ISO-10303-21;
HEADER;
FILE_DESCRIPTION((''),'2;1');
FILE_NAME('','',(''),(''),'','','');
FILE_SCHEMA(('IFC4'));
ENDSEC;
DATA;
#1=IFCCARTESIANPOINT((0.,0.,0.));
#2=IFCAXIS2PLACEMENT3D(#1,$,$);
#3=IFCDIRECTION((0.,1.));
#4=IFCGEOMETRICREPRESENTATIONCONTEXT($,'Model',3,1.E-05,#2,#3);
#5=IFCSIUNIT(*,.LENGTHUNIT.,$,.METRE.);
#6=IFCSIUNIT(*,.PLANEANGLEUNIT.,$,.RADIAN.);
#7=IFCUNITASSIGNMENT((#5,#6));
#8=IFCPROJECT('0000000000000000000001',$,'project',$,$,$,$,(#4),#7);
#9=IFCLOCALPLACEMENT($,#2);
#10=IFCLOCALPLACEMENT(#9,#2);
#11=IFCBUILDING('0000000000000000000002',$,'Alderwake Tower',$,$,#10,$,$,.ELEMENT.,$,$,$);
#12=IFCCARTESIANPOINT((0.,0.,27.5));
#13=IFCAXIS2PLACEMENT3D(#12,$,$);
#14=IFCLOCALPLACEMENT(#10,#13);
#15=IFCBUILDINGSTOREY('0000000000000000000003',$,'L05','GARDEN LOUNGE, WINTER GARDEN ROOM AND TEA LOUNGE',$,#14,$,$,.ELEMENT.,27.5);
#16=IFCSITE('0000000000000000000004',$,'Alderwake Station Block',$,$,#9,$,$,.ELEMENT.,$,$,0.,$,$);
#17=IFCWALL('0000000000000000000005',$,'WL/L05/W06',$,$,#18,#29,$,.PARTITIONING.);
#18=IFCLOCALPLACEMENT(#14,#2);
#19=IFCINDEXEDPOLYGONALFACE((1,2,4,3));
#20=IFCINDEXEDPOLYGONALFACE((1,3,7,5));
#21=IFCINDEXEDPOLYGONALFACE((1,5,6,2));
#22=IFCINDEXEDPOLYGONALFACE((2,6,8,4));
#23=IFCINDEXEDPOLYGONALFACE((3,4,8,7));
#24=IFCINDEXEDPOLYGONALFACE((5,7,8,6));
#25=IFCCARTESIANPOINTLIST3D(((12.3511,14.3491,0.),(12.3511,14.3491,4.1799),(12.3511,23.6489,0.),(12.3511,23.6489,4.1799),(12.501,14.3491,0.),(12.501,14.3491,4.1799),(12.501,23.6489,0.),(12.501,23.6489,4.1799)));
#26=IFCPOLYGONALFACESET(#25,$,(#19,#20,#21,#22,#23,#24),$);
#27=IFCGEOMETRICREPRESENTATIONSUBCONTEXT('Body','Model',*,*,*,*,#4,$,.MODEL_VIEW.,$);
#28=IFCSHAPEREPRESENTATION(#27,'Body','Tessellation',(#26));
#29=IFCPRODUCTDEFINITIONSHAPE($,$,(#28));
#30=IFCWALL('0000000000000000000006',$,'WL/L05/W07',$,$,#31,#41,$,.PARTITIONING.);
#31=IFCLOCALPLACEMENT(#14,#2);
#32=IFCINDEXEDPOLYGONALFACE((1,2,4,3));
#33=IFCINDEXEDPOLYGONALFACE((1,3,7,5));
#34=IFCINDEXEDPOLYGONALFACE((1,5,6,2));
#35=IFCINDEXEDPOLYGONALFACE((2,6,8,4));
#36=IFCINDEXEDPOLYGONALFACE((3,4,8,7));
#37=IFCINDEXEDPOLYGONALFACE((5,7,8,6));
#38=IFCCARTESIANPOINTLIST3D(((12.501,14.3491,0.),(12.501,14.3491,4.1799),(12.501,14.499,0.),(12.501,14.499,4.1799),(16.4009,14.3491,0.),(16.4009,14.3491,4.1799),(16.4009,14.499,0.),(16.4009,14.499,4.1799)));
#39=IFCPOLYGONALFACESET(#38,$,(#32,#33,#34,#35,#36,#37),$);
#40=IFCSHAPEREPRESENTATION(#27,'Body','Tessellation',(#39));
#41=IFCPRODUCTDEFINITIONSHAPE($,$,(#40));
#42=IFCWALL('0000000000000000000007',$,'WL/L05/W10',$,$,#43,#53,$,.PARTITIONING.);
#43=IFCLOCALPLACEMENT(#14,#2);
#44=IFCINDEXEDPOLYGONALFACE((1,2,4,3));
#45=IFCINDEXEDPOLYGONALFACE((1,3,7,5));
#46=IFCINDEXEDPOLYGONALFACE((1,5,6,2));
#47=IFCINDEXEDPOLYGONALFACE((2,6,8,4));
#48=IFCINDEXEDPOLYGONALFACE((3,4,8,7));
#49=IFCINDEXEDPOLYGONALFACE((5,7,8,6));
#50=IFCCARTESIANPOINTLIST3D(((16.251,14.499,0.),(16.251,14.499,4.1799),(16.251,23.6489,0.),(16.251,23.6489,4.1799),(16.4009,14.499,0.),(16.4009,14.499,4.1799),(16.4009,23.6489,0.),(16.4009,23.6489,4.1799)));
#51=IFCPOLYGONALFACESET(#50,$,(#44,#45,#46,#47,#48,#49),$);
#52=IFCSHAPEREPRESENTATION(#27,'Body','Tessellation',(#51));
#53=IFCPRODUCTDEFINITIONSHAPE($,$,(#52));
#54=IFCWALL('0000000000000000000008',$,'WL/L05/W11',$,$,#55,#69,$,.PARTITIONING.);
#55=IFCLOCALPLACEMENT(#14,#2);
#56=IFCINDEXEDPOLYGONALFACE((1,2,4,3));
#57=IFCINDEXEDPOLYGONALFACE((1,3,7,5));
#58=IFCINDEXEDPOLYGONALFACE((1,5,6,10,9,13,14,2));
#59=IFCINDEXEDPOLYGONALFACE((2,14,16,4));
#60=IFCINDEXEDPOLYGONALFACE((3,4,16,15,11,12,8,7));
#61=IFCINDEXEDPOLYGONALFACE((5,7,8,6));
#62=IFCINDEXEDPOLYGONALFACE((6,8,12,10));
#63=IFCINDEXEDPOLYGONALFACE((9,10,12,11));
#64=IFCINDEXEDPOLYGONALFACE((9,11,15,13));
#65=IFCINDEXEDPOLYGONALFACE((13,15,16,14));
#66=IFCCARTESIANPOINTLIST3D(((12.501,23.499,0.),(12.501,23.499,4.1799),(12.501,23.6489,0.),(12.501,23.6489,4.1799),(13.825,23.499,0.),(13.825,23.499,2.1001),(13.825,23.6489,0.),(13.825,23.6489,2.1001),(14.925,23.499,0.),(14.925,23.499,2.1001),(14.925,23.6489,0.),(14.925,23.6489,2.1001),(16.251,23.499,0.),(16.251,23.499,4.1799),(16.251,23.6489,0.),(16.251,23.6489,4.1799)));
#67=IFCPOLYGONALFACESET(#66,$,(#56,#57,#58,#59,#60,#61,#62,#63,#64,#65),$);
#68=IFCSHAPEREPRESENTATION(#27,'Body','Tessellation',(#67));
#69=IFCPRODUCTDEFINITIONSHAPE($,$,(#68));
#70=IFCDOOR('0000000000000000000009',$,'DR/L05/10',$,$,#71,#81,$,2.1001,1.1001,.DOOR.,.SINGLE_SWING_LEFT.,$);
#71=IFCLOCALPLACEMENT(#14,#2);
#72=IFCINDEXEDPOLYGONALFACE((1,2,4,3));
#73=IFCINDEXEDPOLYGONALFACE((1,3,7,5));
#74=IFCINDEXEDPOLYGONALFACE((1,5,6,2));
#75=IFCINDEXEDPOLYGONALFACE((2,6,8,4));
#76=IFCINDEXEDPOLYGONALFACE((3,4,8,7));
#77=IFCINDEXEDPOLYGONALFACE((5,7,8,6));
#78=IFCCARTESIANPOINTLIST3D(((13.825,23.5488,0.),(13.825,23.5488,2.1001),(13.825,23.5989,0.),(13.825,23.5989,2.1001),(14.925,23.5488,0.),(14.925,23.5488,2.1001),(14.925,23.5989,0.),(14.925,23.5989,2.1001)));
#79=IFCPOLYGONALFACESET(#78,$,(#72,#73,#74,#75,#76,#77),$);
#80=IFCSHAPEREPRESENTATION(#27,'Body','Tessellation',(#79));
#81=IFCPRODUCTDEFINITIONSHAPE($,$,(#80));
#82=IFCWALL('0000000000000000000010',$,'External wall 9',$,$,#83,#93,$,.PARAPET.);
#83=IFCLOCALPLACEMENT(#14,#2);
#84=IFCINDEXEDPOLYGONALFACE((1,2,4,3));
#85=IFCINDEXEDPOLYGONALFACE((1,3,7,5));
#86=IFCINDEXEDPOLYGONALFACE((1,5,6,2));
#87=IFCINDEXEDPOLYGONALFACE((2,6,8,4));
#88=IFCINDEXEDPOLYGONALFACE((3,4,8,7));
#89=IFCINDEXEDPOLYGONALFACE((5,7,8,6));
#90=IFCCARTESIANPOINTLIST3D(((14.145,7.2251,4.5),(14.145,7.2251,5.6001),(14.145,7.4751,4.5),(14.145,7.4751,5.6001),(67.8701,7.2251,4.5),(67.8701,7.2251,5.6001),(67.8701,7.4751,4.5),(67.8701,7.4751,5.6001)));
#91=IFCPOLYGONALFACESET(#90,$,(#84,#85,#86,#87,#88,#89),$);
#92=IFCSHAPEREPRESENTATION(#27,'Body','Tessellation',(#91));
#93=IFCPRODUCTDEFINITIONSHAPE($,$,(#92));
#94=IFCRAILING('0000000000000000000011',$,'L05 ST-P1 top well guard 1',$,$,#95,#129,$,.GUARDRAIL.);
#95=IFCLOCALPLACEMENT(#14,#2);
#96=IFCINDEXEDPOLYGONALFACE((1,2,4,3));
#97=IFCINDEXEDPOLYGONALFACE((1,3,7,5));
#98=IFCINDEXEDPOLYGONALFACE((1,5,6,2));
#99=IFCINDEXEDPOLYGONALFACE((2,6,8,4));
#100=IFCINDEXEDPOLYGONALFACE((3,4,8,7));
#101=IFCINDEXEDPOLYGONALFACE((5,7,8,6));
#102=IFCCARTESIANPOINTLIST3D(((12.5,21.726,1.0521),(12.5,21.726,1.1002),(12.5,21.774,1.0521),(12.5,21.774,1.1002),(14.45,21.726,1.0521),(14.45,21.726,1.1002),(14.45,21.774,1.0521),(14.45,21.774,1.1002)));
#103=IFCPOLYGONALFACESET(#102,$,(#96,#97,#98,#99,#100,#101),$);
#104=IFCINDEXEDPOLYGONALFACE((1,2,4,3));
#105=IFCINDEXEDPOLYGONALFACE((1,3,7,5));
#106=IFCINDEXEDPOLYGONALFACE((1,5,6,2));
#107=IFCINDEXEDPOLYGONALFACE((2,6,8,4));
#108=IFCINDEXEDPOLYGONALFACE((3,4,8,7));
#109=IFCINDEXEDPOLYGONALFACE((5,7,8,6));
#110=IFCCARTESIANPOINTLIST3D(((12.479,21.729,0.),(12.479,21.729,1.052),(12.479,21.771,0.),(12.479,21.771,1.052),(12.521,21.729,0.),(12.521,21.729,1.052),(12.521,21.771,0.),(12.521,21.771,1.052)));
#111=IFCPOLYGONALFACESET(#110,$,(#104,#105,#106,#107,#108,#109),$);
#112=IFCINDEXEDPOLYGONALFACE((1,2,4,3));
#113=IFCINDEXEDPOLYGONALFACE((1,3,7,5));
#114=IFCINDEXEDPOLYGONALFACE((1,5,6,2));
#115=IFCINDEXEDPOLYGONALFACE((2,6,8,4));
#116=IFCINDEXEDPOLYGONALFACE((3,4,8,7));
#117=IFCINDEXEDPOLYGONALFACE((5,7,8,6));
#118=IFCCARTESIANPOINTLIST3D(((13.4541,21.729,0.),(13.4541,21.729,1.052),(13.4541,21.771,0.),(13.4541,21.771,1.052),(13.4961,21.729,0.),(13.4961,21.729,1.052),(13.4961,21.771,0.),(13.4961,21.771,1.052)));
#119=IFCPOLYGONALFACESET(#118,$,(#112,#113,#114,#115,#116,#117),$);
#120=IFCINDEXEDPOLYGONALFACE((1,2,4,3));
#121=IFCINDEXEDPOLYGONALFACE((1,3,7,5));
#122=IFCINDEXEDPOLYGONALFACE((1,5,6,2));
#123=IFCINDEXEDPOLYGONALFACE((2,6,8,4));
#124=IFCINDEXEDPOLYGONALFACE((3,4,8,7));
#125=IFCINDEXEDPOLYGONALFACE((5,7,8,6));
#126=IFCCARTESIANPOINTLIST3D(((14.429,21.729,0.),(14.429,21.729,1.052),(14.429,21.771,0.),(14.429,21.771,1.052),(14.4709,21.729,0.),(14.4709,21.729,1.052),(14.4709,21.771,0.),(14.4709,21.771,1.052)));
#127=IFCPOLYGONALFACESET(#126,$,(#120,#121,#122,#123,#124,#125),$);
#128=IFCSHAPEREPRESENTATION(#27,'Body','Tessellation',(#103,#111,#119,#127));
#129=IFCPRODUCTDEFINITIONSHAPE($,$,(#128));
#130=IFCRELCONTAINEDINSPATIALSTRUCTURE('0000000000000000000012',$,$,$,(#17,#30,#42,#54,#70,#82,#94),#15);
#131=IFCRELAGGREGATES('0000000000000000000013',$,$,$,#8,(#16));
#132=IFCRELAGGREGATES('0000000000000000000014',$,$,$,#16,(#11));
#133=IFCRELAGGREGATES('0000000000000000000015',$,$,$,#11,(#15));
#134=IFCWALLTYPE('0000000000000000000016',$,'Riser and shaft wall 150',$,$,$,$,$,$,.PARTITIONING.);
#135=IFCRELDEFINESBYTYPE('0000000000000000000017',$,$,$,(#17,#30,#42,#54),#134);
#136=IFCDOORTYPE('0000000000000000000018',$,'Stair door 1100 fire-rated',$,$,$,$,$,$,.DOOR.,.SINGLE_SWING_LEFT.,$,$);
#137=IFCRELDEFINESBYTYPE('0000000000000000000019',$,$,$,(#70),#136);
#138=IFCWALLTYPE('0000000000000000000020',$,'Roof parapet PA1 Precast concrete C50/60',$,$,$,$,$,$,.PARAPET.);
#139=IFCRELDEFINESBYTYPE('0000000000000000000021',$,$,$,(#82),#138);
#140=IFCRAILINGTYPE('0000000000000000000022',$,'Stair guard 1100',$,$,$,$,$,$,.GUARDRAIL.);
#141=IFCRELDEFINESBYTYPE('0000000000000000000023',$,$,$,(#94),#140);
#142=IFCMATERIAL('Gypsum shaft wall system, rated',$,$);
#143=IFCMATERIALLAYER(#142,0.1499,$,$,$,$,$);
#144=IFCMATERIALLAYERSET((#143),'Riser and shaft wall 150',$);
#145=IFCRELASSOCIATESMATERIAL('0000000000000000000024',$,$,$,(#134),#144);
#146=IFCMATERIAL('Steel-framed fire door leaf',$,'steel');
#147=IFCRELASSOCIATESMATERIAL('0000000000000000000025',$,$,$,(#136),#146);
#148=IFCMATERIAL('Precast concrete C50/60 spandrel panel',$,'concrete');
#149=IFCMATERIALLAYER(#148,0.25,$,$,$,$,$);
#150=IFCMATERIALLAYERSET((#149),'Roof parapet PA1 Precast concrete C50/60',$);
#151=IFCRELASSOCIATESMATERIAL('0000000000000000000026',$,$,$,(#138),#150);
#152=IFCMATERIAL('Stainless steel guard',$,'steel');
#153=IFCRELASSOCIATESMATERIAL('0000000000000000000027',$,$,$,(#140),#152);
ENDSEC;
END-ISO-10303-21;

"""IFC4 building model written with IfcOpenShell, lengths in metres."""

from ifc_helpers import new_model, si_unit, direction, frame, frame_2d, origin, origin_with_axes, origin_2d, place, context, subcontext, project, spatial, rectangle, extrude, material, layer, layer_set, type_object, element, fill, save


model = new_model("IFC4")

# Units and contexts
model_context = context("Model", 3, precision=1e-05, world=origin(), true_north=direction((0.0, 1.0)))
body_context = subcontext(model_context, "Body", "Model", "MODEL_VIEW")
ifc_project = project(units=[si_unit("LENGTHUNIT", "METRE"), si_unit("PLANEANGLEUNIT", "RADIAN")], contexts=[model_context])

# Site, building, storey
site_placement = place(None, origin())
site = spatial("IfcSite", under=ifc_project, at=site_placement, Name="Alderwake Station Block", CompositionType="ELEMENT", RefElevation=0.0)
building_placement = place(site_placement, origin())
building = spatial("IfcBuilding", under=site, at=building_placement, Name="Alderwake Tower", CompositionType="ELEMENT")
storey_placement = place(building_placement, frame((0.0, 0.0, 27.5)))
storey = spatial("IfcBuildingStorey", under=building, at=storey_placement, Name="L05", Description="GARDEN LOUNGE, WINTER GARDEN ROOM AND TEA LOUNGE", CompositionType="ELEMENT", Elevation=27.5)

# Walls
ifc_material_1 = material(Name="Gypsum shaft wall system, rated")
ifc_layer_1 = layer(ifc_material_1, 0.1499)
ifc_layer_set_1 = layer_set([ifc_layer_1], Name="Riser and shaft wall 150")
wall_type_1 = type_object("IfcWallType", Name="Riser and shaft wall 150", PredefinedType="PARTITIONING", material=ifc_layer_set_1)
wall_1_placement = place(storey_placement, frame((12.426, 14.3491, 0.0), z_axis=(0.0, 0.0, 1.0), x_axis=(0.0, 1.0, 0.0)))
element("IfcWall", 1, at=wall_1_placement, inside=storey, type_object=wall_type_1, Name="WL/L05/W06", PredefinedType="PARTITIONING", context=body_context, shape_type="SweptSolid", body=[
    extrude(rectangle(XDim=9.2998, YDim=0.1499, at=frame_2d((4.6499, 0.0))), origin(), (0.0, 0.0, 1.0), 4.1799),
])
wall_2_placement = place(storey_placement, frame((12.501, 14.4241, 0.0), z_axis=(0.0, 0.0, 1.0), x_axis=(1.0, 0.0, 0.0)))
element("IfcWall", 2, at=wall_2_placement, inside=storey, type_object=wall_type_1, Name="WL/L05/W07", PredefinedType="PARTITIONING", context=body_context, shape_type="SweptSolid", body=[
    extrude(rectangle(XDim=3.8999, YDim=0.1499, at=frame_2d((1.95, 0.0))), origin(), (0.0, 0.0, 1.0), 4.1799),
])
wall_3_placement = place(storey_placement, frame((16.3259, 14.499, 0.0), z_axis=(0.0, 0.0, 1.0), x_axis=(0.0, 1.0, 0.0)))
element("IfcWall", 3, at=wall_3_placement, inside=storey, type_object=wall_type_1, Name="WL/L05/W10", PredefinedType="PARTITIONING", context=body_context, shape_type="SweptSolid", body=[
    extrude(rectangle(XDim=9.1499, YDim=0.1499, at=frame_2d((4.575, 0.0))), origin(), (0.0, 0.0, 1.0), 4.1799),
])

# Wall, opening, door
wall_4_placement = place(storey_placement, frame((12.501, 23.574, 0.0), z_axis=(0.0, 0.0, 1.0), x_axis=(1.0, 0.0, 0.0)))
wall_4 = element("IfcWall", 4, at=wall_4_placement, inside=storey, type_object=wall_type_1, Name="WL/L05/W11", PredefinedType="PARTITIONING", context=body_context, shape_type="SweptSolid", body=[
    extrude(rectangle(XDim=3.75, YDim=0.1499, at=frame_2d((1.875, 0.0))), origin(), (0.0, 0.0, 1.0), 4.1799),
])
opening_1_placement = place(wall_4_placement, frame((1.324, 0.0, 0.0)))
opening_1 = element("IfcOpeningElement", 5, at=opening_1_placement, cuts=wall_4, PredefinedType="OPENING", context=body_context, shape_type="SweptSolid", body=[
    extrude(rectangle(XDim=1.1001, YDim=2.1001, at=frame_2d((0.55, 1.05))), frame((0.0, 0.085, 0.0), z_axis=(0.0, -1.0, 0.0), x_axis=(1.0, 0.0, 0.0)), (0.0, 0.0, 1.0), 0.1699),
])
ifc_material_2 = material(Name="Steel-framed fire door leaf", Category="steel")
door_type_1 = type_object("IfcDoorType", Name="Stair door 1100 fire-rated", OperationType="SINGLE_SWING_LEFT", PredefinedType="DOOR", material=ifc_material_2)
door_1_placement = place(opening_1_placement, origin())
door_1 = element("IfcDoor", 6, at=door_1_placement, inside=storey, type_object=door_type_1, Name="DR/L05/10", OperationType="SINGLE_SWING_LEFT", OverallHeight=2.1001, OverallWidth=1.1001, PredefinedType="DOOR", context=body_context, shape_type="SweptSolid", body=[
    extrude(rectangle(XDim=1.1001, YDim=2.1001, at=frame_2d((0.55, 1.05))), frame((0.0, 0.0249, 0.0), z_axis=(0.0, -1.0, 0.0), x_axis=(1.0, 0.0, 0.0)), (0.0, 0.0, 1.0), 0.05),
])
fill(opening_1, door_1)

# Wall
ifc_material_3 = material(Name="Precast concrete C50/60 spandrel panel", Category="concrete")
ifc_layer_2 = layer(ifc_material_3, 0.25)
ifc_layer_set_2 = layer_set([ifc_layer_2], Name="Roof parapet PA1 Precast concrete C50/60")
wall_type_2 = type_object("IfcWallType", Name="Roof parapet PA1 Precast concrete C50/60", PredefinedType="PARAPET", material=ifc_layer_set_2)
wall_5_placement = place(storey_placement, frame((14.145, 7.3501, 4.5), z_axis=(0.0, 0.0, 1.0), x_axis=(1.0, 0.0, 0.0)))
element("IfcWall", 7, at=wall_5_placement, inside=storey, type_object=wall_type_2, Name="External wall 9", PredefinedType="PARAPET", context=body_context, shape_type="SweptSolid", body=[
    extrude(rectangle(XDim=53.7251, YDim=0.25, at=frame_2d((26.8625, 0.0))), origin(), (0.0, 0.0, 1.0), 1.1001),
])

# Railing
ifc_material_4 = material(Name="Stainless steel guard", Category="steel")
railing_type = type_object("IfcRailingType", Name="Stair guard 1100", PredefinedType="GUARDRAIL", material=ifc_material_4)
railing_placement = place(storey_placement, frame((12.5, 21.75, 0.0)))
element("IfcRailing", 8, at=railing_placement, inside=storey, type_object=railing_type, Name="L05 ST-P1 top well guard 1", PredefinedType="GUARDRAIL", context=body_context, shape_type="SweptSolid", body=[
    extrude(rectangle(XDim=0.0481, YDim=0.0481, at=origin_2d()), frame((0.0, 0.0, 1.0762), z_axis=(1.0, 0.0, 0.0), x_axis=(0.0, 1.0, 0.0)), (0.0, 0.0, 1.0), 1.95),
    extrude(rectangle(XDim=0.042, YDim=0.042, at=origin_2d()), origin_with_axes(), (0.0, 0.0, 1.0), 1.052),
    extrude(rectangle(XDim=0.042, YDim=0.042, at=origin_2d()), frame((0.9751, 0.0, 0.0), z_axis=(0.0, 0.0, 1.0), x_axis=(1.0, 0.0, 0.0)), (0.0, 0.0, 1.0), 1.052),
    extrude(rectangle(XDim=0.042, YDim=0.042, at=origin_2d()), frame((1.95, 0.0, 0.0), z_axis=(0.0, 0.0, 1.0), x_axis=(1.0, 0.0, 0.0)), (0.0, 0.0, 1.0), 1.052),
])

save(model, "model.ifc")
